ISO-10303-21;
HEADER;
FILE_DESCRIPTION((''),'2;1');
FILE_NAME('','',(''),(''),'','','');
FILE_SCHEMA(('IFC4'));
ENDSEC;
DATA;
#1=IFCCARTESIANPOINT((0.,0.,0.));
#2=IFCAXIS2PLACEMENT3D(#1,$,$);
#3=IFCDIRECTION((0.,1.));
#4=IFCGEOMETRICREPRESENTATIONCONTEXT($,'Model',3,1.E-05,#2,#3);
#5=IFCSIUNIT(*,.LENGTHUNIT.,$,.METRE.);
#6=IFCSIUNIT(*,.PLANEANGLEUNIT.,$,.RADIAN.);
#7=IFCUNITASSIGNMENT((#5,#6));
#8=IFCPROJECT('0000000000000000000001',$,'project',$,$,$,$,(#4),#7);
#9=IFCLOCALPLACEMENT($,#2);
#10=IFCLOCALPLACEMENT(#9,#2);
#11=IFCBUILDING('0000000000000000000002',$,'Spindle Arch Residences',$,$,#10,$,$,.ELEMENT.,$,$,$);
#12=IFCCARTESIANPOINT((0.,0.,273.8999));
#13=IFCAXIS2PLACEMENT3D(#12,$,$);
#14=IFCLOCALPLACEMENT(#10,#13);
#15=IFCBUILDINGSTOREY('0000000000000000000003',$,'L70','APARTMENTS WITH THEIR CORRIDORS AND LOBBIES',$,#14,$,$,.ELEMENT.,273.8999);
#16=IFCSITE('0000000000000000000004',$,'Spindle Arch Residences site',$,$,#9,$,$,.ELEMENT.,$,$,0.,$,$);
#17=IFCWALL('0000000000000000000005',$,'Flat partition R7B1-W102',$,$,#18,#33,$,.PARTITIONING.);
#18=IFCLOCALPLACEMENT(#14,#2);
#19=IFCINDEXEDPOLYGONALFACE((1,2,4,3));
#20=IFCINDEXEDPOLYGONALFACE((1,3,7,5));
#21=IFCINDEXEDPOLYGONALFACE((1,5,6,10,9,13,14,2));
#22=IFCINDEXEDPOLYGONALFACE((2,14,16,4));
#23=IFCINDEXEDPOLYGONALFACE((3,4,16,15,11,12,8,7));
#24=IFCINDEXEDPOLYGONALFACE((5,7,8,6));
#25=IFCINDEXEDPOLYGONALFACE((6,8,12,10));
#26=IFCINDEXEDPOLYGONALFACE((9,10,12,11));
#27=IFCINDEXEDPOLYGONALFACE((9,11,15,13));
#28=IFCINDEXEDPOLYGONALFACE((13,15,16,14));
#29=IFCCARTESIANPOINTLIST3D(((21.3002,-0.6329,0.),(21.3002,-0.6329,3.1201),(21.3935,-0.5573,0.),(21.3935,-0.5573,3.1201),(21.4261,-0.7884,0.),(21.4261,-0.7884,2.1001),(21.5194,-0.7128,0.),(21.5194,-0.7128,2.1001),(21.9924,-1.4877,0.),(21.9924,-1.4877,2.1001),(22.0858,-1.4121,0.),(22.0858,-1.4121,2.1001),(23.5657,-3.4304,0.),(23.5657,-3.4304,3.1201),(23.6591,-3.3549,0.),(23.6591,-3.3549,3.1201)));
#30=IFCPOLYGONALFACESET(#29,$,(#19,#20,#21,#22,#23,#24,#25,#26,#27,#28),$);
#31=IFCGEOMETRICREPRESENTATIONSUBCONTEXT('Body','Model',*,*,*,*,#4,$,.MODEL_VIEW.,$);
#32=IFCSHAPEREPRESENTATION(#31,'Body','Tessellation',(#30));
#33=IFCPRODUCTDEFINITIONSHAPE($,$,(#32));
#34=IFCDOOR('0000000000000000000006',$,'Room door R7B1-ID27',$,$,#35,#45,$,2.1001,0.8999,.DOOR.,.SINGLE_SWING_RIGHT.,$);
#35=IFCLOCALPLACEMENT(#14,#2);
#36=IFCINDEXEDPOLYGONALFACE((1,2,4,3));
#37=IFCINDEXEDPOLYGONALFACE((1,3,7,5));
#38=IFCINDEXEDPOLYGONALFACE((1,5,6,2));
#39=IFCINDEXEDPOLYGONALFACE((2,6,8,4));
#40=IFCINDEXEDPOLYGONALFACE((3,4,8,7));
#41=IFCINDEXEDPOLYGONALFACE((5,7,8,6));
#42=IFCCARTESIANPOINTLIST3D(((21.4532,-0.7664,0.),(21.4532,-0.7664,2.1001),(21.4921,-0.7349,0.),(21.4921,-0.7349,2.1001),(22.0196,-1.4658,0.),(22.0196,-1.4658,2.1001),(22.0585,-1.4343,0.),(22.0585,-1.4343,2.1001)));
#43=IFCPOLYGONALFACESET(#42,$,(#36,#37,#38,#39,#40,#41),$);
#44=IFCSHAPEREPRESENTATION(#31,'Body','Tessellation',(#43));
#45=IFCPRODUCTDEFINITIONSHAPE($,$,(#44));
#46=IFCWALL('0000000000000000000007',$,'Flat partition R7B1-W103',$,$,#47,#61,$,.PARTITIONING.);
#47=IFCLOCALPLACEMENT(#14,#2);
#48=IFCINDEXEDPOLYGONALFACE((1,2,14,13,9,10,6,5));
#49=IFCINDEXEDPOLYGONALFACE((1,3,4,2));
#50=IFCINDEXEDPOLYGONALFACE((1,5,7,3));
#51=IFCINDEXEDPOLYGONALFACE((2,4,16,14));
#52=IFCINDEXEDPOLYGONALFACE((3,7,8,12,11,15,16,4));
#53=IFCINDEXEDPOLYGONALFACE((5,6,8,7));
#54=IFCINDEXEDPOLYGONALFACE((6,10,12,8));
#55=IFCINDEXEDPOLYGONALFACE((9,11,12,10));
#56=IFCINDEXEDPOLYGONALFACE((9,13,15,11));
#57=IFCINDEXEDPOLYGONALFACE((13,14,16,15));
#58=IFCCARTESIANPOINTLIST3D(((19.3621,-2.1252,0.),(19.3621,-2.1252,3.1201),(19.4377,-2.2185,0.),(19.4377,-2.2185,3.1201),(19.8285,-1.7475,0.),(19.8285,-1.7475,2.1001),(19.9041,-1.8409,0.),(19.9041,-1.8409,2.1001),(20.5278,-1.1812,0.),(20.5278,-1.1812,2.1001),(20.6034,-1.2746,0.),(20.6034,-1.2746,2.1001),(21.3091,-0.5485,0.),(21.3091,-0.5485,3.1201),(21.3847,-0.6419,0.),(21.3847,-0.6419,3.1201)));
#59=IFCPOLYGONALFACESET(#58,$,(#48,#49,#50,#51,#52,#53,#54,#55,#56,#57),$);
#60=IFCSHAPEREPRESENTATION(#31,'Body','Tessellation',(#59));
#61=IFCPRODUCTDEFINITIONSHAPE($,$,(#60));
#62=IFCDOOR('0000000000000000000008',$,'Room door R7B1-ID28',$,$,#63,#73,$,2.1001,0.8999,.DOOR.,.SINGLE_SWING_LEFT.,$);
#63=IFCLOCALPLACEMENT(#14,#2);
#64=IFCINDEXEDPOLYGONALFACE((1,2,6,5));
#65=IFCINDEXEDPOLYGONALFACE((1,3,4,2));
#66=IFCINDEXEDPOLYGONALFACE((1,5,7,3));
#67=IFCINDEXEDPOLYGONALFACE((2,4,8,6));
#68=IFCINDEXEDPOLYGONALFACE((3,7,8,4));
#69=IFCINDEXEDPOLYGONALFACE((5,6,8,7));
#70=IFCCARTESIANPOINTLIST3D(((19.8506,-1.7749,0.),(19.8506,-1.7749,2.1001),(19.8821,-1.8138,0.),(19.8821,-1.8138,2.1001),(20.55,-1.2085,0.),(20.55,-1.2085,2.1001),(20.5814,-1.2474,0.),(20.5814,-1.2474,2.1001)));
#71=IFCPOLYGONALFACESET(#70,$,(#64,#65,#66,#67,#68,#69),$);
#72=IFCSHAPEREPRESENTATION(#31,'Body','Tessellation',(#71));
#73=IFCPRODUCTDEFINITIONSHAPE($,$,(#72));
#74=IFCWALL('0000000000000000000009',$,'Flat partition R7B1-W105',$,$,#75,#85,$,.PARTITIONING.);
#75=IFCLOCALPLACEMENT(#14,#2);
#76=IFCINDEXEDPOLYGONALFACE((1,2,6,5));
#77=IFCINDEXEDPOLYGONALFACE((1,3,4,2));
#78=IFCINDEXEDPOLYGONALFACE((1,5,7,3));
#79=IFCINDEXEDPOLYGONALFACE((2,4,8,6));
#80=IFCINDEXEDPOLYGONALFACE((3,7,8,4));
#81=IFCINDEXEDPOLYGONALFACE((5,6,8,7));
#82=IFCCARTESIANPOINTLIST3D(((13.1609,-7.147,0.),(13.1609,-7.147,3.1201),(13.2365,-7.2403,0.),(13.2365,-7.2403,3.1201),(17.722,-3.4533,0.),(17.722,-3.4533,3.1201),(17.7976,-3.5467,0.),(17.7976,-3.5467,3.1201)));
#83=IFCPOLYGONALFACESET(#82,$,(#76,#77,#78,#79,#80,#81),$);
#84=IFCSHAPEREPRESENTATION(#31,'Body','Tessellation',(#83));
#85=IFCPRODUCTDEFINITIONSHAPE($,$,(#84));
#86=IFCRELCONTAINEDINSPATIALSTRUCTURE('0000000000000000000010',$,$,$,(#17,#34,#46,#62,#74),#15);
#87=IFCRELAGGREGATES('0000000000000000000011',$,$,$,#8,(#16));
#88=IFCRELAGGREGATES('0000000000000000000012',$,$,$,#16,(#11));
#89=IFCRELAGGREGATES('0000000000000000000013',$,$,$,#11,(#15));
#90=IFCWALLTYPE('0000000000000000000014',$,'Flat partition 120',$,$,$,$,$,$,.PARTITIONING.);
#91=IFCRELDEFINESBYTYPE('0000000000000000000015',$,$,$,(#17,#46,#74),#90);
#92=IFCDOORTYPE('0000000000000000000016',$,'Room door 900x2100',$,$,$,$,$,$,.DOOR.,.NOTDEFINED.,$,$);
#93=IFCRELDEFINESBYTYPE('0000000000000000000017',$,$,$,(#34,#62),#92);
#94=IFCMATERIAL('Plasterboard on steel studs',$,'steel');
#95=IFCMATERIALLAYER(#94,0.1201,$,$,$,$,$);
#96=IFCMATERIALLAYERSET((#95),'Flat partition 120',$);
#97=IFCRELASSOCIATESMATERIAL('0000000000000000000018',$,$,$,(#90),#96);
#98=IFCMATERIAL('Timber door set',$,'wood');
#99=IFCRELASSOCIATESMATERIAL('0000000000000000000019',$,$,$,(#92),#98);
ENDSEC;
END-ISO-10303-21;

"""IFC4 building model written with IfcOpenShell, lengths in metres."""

from ifc_helpers import new_model, si_unit, direction, frame, frame_2d, origin, place, context, subcontext, project, spatial, rectangle, extrude, material, layer, layer_set, type_object, element, fill, save


model = new_model("IFC4")

# Units and contexts
model_context = context("Model", 3, precision=1e-05, world=origin(), true_north=direction((0.0, 1.0)))
body_context = subcontext(model_context, "Body", "Model", "MODEL_VIEW")
ifc_project = project(units=[si_unit("LENGTHUNIT", "METRE"), si_unit("PLANEANGLEUNIT", "RADIAN")], contexts=[model_context])

# Site, building, storey
site_placement = place(None, origin())
site = spatial("IfcSite", under=ifc_project, at=site_placement, Name="Spindle Arch Residences site", CompositionType="ELEMENT", RefElevation=0.0)
building_placement = place(site_placement, origin())
building = spatial("IfcBuilding", under=site, at=building_placement, Name="Spindle Arch Residences", CompositionType="ELEMENT")
storey_placement = place(building_placement, frame((0.0, 0.0, 273.8999)))
storey = spatial("IfcBuildingStorey", under=building, at=storey_placement, Name="L70", Description="APARTMENTS WITH THEIR CORRIDORS AND LOBBIES", CompositionType="ELEMENT", Elevation=273.8999)

# Walls, openings, doors
ifc_material_1 = material(Name="Plasterboard on steel studs", Category="steel")
ifc_layer_1 = layer(ifc_material_1, 0.1201)
ifc_layer_set_1 = layer_set([ifc_layer_1], Name="Flat partition 120")
wall_type_1 = type_object("IfcWallType", Name="Flat partition 120", PredefinedType="PARTITIONING", material=ifc_layer_set_1)
wall_1_placement = place(storey_placement, frame((21.3469, -0.5952, 0.0), z_axis=(0.0, 0.0, 1.0), x_axis=(0.629348, -0.777123, 0.0)))
wall_1 = element("IfcWall", 1, at=wall_1_placement, inside=storey, type_object=wall_type_1, Name="Flat partition R7B1-W102", PredefinedType="PARTITIONING", context=body_context, shape_type="SweptSolid", body=[
    extrude(rectangle(XDim=3.5999, YDim=0.1201, at=frame_2d((1.7998, 0.0))), origin(), (0.0, 0.0, 1.0), 3.1201),
])
opening_1_placement = place(wall_1_placement, frame((0.2, 0.0, 0.0)))
opening_1 = element("IfcOpeningElement", 2, at=opening_1_placement, cuts=wall_1, PredefinedType="OPENING", context=body_context, shape_type="SweptSolid", body=[
    extrude(rectangle(XDim=0.8999, YDim=2.1001, at=frame_2d((0.45, 1.05))), frame((0.0, 0.0701, 0.0), z_axis=(0.0, -1.0, 0.0), x_axis=(1.0, 0.0, 0.0)), (0.0, 0.0, 1.0), 0.1401),
])
ifc_material_2 = material(Name="Timber door set", Category="wood")
door_type = type_object("IfcDoorType", Name="Room door 900x2100", OperationType="NOTDEFINED", PredefinedType="DOOR", material=ifc_material_2)
door_1_placement = place(opening_1_placement, origin())
door_1 = element("IfcDoor", 3, at=door_1_placement, inside=storey, type_object=door_type, Name="Room door R7B1-ID27", OperationType="SINGLE_SWING_RIGHT", OverallHeight=2.1001, OverallWidth=0.8999, PredefinedType="DOOR", context=body_context, shape_type="SweptSolid", body=[
    extrude(rectangle(XDim=0.8999, YDim=2.1001, at=frame_2d((0.45, 1.05))), frame((0.0, 0.0249, 0.0), z_axis=(0.0, -1.0, 0.0), x_axis=(1.0, 0.0, 0.0)), (0.0, 0.0, 1.0), 0.05),
])
fill(opening_1, door_1)
wall_2_placement = place(storey_placement, frame((19.3999, -2.1719, 0.0), z_axis=(0.0, 0.0, 1.0), x_axis=(0.777147, 0.629319, 0.0)))
wall_2 = element("IfcWall", 4, at=wall_2_placement, inside=storey, type_object=wall_type_1, Name="Flat partition R7B1-W103", PredefinedType="PARTITIONING", context=body_context, shape_type="SweptSolid", body=[
    extrude(rectangle(XDim=2.5054, YDim=0.1201, at=frame_2d((1.2527, 0.0))), origin(), (0.0, 0.0, 1.0), 3.1201),
])
opening_2_placement = place(wall_2_placement, frame((0.6001, 0.0, 0.0)))
opening_2 = element("IfcOpeningElement", 5, at=opening_2_placement, cuts=wall_2, PredefinedType="OPENING", context=body_context, shape_type="SweptSolid", body=[
    extrude(rectangle(XDim=0.8999, YDim=2.1001, at=frame_2d((0.45, 1.05))), frame((0.0, 0.0701, 0.0), z_axis=(0.0, -1.0, 0.0), x_axis=(1.0, 0.0, 0.0)), (0.0, 0.0, 1.0), 0.1401),
])
door_2_placement = place(opening_2_placement, origin())
door_2 = element("IfcDoor", 6, at=door_2_placement, inside=storey, type_object=door_type, Name="Room door R7B1-ID28", OperationType="SINGLE_SWING_LEFT", OverallHeight=2.1001, OverallWidth=0.8999, PredefinedType="DOOR", context=body_context, shape_type="SweptSolid", body=[
    extrude(rectangle(XDim=0.8999, YDim=2.1001, at=frame_2d((0.45, 1.05))), frame((0.0, 0.0249, 0.0), z_axis=(0.0, -1.0, 0.0), x_axis=(1.0, 0.0, 0.0)), (0.0, 0.0, 1.0), 0.05),
])
fill(opening_2, door_2)

# Wall
wall_3_placement = place(storey_placement, frame((17.7598, -3.5, 0.0), z_axis=(0.0, 0.0, 1.0), x_axis=(-0.777133, -0.629336, 0.0)))
element("IfcWall", 7, at=wall_3_placement, inside=storey, type_object=wall_type_1, Name="Flat partition R7B1-W105", PredefinedType="PARTITIONING", context=body_context, shape_type="SweptSolid", body=[
    extrude(rectangle(XDim=5.8691, YDim=0.1201, at=frame_2d((2.9346, 0.0))), origin(), (0.0, 0.0, 1.0), 3.1201),
])

save(model, "model.ifc")
